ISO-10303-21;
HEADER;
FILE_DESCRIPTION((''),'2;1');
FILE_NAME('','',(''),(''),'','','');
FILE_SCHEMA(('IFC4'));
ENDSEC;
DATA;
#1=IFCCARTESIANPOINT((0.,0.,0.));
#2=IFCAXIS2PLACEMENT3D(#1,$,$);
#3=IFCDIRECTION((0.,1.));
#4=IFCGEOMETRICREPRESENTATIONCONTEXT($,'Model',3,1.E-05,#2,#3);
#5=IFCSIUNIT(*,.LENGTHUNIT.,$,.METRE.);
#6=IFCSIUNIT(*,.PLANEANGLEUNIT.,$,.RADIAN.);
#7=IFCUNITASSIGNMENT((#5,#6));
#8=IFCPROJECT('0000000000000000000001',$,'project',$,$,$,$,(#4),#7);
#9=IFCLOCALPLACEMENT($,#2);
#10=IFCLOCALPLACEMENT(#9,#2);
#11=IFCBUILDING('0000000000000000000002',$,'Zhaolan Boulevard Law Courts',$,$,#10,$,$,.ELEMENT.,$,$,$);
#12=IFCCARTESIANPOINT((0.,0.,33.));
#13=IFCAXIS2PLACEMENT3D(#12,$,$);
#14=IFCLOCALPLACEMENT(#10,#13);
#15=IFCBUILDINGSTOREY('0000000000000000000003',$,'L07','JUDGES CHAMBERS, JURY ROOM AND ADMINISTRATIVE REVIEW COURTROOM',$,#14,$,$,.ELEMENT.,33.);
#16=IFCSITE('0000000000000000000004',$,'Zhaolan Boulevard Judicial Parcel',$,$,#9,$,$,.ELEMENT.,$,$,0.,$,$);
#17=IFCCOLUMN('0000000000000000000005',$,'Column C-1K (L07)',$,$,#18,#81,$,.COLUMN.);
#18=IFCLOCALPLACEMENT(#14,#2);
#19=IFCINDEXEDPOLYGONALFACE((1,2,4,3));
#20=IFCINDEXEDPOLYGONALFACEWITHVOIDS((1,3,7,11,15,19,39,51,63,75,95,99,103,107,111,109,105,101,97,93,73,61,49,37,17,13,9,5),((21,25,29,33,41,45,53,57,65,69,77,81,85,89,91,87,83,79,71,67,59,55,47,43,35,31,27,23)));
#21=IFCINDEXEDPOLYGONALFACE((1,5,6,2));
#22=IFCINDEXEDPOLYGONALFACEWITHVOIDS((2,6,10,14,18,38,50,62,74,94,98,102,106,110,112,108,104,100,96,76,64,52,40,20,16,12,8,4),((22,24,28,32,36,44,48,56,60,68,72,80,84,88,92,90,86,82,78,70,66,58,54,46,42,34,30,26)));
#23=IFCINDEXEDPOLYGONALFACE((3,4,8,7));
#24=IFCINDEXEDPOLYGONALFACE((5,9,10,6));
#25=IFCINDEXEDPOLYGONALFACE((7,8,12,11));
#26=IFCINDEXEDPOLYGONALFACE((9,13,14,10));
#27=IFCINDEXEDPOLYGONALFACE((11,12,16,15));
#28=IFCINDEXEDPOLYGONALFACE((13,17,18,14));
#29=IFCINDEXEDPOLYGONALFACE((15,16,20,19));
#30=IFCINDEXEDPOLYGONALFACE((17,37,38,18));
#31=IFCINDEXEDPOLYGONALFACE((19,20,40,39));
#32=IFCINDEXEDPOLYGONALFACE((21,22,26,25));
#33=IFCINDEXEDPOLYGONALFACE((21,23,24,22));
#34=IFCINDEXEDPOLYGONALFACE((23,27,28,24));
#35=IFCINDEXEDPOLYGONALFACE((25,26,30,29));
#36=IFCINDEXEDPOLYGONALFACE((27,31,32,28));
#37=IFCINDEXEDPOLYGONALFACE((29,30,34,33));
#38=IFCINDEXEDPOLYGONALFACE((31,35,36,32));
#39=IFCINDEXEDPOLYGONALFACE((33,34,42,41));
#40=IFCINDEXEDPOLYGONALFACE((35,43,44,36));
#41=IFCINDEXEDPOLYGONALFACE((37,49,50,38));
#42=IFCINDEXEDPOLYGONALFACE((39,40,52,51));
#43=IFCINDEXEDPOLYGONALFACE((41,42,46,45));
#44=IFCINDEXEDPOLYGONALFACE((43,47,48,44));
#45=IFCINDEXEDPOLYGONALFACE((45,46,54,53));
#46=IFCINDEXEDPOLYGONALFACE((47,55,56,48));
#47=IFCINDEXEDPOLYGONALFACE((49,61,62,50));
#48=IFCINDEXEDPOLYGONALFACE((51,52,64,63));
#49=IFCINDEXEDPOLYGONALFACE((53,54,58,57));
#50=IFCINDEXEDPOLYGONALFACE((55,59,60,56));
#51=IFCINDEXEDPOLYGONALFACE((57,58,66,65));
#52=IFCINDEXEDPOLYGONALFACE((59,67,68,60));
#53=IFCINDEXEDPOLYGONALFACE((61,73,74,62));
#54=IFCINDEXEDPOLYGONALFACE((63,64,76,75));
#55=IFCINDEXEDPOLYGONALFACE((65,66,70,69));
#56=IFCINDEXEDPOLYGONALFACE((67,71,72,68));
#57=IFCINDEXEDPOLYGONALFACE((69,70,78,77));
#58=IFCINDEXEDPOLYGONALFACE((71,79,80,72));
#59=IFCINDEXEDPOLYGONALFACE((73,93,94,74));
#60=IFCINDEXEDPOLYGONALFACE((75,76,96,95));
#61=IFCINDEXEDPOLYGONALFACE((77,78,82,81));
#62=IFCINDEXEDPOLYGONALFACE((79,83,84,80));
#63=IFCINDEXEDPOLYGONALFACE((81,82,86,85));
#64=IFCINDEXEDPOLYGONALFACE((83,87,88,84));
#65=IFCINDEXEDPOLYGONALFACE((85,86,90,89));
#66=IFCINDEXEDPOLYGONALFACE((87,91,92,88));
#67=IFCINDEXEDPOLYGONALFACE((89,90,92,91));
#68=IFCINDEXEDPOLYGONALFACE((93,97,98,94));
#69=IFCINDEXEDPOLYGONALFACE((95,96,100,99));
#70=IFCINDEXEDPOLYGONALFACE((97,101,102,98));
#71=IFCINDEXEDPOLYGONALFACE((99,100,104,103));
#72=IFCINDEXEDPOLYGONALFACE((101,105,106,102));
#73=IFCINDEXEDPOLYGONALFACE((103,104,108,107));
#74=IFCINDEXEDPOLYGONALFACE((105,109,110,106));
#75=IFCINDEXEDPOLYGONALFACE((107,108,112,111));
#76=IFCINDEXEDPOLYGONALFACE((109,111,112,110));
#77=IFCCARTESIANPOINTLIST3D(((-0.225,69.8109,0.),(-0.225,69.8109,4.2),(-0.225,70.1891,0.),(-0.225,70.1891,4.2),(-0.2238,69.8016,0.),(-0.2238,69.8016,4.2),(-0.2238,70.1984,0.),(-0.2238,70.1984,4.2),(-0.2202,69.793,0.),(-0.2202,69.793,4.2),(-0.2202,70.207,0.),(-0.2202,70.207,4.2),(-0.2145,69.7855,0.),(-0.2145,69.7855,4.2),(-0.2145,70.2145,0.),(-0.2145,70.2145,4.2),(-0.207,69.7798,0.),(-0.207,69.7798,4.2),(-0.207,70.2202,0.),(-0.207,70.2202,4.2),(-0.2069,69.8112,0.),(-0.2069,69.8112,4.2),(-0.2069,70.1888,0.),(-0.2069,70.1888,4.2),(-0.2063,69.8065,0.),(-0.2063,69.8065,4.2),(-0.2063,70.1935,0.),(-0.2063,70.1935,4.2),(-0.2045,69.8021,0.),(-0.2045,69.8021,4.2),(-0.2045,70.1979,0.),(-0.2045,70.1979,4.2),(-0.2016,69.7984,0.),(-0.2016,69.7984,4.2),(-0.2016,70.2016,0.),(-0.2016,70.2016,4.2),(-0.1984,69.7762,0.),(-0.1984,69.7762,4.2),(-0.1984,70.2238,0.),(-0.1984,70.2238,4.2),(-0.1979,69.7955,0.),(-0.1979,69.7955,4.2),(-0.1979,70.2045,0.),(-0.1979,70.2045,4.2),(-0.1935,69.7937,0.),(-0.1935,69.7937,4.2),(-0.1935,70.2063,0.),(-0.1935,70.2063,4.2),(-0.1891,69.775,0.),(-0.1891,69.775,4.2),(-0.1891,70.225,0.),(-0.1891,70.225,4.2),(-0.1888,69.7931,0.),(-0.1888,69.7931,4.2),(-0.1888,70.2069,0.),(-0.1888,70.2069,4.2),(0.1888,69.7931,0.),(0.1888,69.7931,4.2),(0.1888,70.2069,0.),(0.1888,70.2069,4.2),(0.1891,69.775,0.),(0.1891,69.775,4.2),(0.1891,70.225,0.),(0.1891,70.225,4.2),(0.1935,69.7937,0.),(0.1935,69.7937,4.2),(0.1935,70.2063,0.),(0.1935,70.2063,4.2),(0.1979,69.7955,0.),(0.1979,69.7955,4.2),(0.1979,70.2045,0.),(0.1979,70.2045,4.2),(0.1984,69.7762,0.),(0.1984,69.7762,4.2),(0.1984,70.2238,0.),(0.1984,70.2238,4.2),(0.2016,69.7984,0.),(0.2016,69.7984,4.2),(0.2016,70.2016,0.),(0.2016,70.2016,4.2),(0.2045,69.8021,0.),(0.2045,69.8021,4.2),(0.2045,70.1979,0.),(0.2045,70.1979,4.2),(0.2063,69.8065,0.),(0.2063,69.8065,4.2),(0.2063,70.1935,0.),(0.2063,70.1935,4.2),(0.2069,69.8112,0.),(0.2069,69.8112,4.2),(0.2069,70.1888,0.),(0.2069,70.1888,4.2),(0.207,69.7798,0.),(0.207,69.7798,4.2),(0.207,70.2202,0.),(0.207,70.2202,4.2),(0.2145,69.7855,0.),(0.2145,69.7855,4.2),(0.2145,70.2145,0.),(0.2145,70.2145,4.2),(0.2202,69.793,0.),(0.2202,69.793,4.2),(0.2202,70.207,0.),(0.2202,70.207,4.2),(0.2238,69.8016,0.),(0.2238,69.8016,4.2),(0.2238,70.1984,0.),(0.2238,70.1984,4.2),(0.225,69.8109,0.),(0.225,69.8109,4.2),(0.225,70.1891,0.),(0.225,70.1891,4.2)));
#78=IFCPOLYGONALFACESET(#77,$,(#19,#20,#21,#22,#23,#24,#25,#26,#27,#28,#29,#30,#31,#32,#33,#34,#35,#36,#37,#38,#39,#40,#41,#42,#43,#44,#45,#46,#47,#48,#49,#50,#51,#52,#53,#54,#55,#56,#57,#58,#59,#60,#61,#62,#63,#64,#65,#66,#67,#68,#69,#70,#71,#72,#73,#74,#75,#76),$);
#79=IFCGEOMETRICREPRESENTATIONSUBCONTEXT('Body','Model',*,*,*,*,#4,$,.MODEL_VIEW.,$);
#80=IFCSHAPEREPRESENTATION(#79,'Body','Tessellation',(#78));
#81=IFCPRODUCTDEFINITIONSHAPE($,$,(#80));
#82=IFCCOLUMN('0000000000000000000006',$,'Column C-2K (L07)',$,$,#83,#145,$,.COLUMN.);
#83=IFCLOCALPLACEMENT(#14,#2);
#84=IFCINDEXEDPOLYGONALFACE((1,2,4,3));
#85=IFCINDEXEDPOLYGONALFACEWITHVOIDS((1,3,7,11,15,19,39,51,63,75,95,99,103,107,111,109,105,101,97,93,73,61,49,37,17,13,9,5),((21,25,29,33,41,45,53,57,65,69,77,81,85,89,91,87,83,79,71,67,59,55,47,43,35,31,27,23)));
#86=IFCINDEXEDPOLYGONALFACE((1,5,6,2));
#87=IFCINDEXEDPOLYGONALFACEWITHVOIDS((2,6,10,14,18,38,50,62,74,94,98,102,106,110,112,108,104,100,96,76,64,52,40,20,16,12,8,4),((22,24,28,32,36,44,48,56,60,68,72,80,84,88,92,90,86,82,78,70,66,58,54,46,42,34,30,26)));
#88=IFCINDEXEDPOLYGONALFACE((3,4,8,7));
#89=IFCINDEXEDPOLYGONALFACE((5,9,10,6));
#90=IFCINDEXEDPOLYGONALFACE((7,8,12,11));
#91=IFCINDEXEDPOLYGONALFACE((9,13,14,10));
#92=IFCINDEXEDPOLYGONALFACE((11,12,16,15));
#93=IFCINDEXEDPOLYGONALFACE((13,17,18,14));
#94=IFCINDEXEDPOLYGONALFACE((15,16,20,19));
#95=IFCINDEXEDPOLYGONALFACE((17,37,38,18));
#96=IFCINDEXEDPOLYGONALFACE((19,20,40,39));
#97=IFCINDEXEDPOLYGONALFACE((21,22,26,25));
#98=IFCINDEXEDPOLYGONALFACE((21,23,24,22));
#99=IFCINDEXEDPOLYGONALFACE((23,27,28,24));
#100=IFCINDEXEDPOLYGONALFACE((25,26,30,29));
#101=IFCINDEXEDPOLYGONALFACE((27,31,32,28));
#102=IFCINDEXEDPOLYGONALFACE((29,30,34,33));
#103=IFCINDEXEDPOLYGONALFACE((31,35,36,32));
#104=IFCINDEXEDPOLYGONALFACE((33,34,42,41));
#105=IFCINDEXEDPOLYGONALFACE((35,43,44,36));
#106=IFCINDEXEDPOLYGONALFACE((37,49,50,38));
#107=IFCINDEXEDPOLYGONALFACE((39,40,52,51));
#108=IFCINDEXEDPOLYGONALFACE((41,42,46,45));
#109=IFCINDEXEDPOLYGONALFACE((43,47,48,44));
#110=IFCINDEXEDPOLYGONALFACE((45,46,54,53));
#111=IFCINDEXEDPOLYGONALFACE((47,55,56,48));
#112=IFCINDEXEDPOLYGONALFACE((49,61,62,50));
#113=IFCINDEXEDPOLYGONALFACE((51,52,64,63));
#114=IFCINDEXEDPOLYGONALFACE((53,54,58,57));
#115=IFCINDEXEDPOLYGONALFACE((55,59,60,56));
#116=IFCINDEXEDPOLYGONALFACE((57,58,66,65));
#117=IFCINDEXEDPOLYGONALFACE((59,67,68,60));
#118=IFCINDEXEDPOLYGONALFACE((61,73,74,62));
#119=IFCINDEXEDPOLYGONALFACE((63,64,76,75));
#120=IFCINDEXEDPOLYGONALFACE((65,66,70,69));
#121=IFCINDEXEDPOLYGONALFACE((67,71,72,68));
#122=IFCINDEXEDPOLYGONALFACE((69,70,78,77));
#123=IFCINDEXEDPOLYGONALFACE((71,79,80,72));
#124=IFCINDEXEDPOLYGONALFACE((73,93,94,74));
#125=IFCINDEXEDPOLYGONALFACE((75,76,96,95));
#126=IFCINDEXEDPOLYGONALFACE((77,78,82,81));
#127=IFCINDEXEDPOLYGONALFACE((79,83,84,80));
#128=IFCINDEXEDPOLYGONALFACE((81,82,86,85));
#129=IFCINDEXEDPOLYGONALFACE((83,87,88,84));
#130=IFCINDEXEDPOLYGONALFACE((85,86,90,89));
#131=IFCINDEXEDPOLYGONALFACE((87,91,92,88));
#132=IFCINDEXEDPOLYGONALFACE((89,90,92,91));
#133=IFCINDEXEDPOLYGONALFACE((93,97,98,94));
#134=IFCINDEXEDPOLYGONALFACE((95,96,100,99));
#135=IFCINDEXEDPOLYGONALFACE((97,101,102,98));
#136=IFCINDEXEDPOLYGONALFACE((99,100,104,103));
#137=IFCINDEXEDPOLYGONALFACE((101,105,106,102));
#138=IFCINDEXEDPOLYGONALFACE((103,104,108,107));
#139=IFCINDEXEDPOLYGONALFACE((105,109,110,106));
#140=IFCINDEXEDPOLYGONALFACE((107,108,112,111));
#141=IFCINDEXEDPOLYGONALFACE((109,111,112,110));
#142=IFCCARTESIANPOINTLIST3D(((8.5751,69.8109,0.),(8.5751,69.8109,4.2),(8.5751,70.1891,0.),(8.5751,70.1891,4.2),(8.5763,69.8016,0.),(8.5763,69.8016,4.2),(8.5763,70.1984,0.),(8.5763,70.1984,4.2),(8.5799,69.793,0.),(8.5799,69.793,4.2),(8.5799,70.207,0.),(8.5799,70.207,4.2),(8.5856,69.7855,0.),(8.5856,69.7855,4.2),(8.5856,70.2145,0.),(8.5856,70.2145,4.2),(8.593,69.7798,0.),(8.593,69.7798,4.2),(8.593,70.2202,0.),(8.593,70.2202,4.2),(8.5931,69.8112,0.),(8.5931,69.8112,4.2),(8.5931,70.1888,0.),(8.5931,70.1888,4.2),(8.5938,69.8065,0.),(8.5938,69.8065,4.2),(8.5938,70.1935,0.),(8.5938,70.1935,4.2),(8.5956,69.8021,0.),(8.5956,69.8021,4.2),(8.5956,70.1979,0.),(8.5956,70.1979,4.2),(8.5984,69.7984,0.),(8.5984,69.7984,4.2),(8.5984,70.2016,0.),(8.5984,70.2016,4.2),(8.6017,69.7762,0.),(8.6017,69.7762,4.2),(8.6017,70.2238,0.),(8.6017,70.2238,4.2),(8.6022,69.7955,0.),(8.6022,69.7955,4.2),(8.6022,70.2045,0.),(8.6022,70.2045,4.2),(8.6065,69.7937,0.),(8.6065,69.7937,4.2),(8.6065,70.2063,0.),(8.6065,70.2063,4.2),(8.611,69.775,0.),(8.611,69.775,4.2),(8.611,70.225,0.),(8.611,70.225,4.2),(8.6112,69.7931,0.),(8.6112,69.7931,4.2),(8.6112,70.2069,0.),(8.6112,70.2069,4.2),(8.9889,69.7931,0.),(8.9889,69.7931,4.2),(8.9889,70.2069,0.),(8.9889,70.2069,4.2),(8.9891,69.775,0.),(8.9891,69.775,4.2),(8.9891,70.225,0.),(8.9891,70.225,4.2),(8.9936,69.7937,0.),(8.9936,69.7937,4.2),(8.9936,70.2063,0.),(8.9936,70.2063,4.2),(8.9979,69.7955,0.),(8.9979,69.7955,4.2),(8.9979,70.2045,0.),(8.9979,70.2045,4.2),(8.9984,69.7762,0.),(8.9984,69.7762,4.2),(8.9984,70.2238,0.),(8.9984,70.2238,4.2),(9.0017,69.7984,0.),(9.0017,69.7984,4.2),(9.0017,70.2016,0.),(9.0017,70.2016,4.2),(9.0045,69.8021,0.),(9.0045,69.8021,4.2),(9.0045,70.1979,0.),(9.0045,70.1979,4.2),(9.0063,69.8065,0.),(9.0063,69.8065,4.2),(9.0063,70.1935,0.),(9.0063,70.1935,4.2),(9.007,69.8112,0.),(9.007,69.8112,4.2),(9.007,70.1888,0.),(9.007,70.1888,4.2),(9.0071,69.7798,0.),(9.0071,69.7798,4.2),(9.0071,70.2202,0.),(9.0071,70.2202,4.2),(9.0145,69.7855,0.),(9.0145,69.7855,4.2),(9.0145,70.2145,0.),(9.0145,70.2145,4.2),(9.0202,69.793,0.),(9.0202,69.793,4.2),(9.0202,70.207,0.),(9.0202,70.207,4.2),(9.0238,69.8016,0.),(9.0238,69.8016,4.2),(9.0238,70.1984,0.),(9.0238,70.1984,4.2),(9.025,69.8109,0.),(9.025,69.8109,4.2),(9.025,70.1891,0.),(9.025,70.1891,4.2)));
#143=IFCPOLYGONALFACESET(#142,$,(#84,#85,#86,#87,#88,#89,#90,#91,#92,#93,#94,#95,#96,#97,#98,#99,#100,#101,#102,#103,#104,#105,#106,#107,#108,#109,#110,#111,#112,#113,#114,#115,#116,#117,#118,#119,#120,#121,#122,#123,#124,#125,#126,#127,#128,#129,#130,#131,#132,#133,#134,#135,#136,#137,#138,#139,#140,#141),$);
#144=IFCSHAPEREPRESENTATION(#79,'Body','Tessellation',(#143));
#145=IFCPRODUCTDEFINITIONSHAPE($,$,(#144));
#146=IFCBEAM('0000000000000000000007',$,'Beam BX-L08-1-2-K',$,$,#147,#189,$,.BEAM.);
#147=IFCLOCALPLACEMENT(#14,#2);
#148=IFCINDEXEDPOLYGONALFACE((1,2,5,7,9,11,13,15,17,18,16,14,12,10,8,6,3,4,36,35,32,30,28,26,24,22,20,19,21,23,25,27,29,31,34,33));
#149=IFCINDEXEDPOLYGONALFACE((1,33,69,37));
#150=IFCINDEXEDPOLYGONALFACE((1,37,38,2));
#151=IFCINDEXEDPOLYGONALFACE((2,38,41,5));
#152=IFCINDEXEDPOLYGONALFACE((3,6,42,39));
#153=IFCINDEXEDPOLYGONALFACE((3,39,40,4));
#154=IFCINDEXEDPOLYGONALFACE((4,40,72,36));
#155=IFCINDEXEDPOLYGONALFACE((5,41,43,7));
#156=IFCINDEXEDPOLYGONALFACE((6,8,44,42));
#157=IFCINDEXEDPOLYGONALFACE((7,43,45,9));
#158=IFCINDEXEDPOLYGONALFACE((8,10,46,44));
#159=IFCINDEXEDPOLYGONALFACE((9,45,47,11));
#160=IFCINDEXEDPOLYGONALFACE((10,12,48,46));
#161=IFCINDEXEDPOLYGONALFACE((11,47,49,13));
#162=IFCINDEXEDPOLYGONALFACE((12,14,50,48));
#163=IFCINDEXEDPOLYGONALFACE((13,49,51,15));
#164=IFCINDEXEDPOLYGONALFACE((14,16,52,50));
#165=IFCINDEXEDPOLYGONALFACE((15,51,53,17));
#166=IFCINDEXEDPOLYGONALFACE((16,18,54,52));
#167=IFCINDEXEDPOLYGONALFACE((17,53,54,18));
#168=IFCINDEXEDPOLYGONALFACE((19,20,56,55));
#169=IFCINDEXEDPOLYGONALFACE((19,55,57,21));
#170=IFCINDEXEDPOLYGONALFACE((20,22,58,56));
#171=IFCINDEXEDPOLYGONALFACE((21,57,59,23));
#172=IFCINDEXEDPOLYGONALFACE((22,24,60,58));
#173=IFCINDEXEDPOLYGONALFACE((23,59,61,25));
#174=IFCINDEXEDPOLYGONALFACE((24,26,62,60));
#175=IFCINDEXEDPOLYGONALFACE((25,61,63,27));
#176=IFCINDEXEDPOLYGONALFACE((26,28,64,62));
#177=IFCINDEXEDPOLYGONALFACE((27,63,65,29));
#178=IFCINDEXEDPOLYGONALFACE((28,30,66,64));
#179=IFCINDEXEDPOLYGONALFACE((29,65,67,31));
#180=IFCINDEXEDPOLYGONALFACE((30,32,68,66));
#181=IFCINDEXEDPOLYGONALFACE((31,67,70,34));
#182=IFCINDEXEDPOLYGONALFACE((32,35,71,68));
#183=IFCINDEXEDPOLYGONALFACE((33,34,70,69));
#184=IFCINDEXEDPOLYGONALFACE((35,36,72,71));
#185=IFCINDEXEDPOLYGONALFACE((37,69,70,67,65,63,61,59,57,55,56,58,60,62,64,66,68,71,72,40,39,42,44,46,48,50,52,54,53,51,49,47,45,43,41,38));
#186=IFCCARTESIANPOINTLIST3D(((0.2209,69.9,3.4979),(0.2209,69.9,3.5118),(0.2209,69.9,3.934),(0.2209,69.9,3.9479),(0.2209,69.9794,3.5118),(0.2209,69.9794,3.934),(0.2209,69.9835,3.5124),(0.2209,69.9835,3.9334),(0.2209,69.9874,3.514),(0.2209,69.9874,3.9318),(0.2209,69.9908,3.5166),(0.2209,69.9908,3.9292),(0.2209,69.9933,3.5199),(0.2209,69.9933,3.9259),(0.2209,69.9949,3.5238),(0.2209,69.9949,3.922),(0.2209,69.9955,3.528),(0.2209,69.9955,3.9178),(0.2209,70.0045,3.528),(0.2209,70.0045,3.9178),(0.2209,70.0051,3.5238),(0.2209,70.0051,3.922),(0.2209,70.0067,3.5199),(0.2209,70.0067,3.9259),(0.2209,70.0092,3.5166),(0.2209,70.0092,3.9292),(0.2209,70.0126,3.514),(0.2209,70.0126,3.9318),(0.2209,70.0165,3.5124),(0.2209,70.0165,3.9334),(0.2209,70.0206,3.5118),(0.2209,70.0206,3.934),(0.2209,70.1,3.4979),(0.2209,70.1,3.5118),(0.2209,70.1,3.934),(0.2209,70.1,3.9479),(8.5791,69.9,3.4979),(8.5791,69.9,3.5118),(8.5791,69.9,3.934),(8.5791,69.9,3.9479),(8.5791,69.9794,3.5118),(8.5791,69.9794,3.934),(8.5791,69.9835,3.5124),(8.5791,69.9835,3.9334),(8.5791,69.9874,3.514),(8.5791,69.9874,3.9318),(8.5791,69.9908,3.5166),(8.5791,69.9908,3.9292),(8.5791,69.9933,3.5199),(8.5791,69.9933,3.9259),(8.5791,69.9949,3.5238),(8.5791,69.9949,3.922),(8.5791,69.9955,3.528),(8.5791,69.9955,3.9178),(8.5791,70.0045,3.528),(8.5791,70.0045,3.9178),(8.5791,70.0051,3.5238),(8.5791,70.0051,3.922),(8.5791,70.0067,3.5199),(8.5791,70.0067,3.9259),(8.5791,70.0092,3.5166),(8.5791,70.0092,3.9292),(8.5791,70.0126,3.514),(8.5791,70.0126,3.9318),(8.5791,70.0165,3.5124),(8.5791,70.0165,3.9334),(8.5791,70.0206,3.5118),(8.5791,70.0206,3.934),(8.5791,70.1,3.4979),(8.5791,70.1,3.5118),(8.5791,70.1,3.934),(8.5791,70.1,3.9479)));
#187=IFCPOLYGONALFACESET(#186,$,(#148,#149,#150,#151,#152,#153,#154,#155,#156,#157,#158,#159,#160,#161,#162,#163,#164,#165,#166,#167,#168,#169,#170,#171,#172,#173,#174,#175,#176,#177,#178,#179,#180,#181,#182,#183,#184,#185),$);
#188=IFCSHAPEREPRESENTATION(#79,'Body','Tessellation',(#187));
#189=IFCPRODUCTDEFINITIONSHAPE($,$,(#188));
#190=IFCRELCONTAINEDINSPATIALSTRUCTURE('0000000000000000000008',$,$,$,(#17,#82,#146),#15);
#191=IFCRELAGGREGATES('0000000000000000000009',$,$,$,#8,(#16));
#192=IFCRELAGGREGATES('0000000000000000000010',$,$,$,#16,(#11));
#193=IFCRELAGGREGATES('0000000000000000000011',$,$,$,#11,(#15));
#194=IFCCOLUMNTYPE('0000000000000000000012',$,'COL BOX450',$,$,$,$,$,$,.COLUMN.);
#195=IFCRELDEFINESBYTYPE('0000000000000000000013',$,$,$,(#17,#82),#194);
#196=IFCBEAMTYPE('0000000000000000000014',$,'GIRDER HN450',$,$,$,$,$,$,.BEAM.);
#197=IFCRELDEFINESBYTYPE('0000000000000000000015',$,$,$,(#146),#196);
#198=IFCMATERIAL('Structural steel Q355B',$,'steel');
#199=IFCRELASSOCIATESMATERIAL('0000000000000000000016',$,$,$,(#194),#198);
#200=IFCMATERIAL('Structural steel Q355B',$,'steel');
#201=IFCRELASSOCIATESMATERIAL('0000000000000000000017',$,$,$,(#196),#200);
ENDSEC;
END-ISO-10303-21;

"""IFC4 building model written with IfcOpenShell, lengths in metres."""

from ifc_helpers import new_model, si_unit, direction, frame, origin, origin_2d, place, context, subcontext, project, spatial, hollow_rectangle, i_section, extrude, material, material_profile, profile_set, type_object, element, save


model = new_model("IFC4")

# Units and contexts
model_context = context("Model", 3, precision=1e-05, world=origin(), true_north=direction((0.0, 1.0)))
body_context = subcontext(model_context, "Body", "Model", "MODEL_VIEW")
ifc_project = project(units=[si_unit("LENGTHUNIT", "METRE"), si_unit("PLANEANGLEUNIT", "RADIAN")], contexts=[model_context])

# Site, building, storey
site_placement = place(None, origin())
site = spatial("IfcSite", under=ifc_project, at=site_placement, Name="Zhaolan Boulevard Judicial Parcel", CompositionType="ELEMENT", RefElevation=0.0)
building_placement = place(site_placement, origin())
building = spatial("IfcBuilding", under=site, at=building_placement, Name="Zhaolan Boulevard Law Courts", CompositionType="ELEMENT")
storey_placement = place(building_placement, frame((0.0, 0.0, 33.0)))
storey = spatial("IfcBuildingStorey", under=building, at=storey_placement, Name="L07", Description="JUDGES CHAMBERS, JURY ROOM AND ADMINISTRATIVE REVIEW COURTROOM", CompositionType="ELEMENT", Elevation=33.0)

# Columns
ifc_material_1 = material(Name="Structural steel Q355B", Category="steel")
ifc_material_profile_1 = material_profile(ifc_material_1, hollow_rectangle(XDim=0.45, YDim=0.45, WallThickness=0.0181, InnerFilletRadius=0.0181, OuterFilletRadius=0.0359, at=origin_2d()), Name="BOX450x450x18")
ifc_profile_set_1 = profile_set([ifc_material_profile_1], Name="Structural steel Q355B")
column_type = type_object("IfcColumnType", Name="COL BOX450", PredefinedType="COLUMN", material=ifc_profile_set_1)
for number, where, z_axis, x_axis, name in (
    (1, (0.0, 70.0, 0.0), (0.0, 0.0, 1.0), (1.0, 0.0, 0.0), "Column C-1K (L07)"),
    (2, (8.8, 70.0, 0.0), (0.0, 0.0, 1.0), (1.0, 0.0, 0.0), "Column C-2K (L07)"),
):
    element("IfcColumn", number, at=place(storey_placement, frame(where, z_axis=z_axis, x_axis=x_axis)), inside=storey, type_object=column_type, Name=name, PredefinedType="COLUMN", context=body_context, shape_type="SweptSolid", body=[
        extrude(hollow_rectangle(XDim=0.45, YDim=0.45, WallThickness=0.0181, InnerFilletRadius=0.0181, OuterFilletRadius=0.0359, at=origin_2d()), origin(), (0.0, 0.0, 1.0), 4.2),
    ])

# Beam
ifc_material_2 = material(Name="Structural steel Q355B", Category="steel")
ifc_material_profile_2 = material_profile(ifc_material_2, i_section(OverallWidth=0.2, OverallDepth=0.45, WebThickness=0.009, FlangeThickness=0.0139, FilletRadius=0.0161, at=origin_2d()), Name="HN450x200")
ifc_profile_set_2 = profile_set([ifc_material_profile_2], Name="Structural steel Q355B")
beam_type_1 = type_object("IfcBeamType", Name="GIRDER HN450", PredefinedType="BEAM", material=ifc_profile_set_2)
beam_1_placement = place(storey_placement, frame((0.2209, 70.0, 3.7229), z_axis=(1.0, 0.0, 0.0), x_axis=(0.0, 1.0, 0.0)))
element("IfcBeam", 3, at=beam_1_placement, inside=storey, type_object=beam_type_1, Name="Beam BX-L08-1-2-K", PredefinedType="BEAM", context=body_context, shape_type="SweptSolid", body=[
    extrude(i_section(OverallWidth=0.2, OverallDepth=0.45, WebThickness=0.009, FlangeThickness=0.0139, FilletRadius=0.0161, at=origin_2d()), origin(), (0.0, 0.0, 1.0), 8.3582),
])

save(model, "model.ifc")
